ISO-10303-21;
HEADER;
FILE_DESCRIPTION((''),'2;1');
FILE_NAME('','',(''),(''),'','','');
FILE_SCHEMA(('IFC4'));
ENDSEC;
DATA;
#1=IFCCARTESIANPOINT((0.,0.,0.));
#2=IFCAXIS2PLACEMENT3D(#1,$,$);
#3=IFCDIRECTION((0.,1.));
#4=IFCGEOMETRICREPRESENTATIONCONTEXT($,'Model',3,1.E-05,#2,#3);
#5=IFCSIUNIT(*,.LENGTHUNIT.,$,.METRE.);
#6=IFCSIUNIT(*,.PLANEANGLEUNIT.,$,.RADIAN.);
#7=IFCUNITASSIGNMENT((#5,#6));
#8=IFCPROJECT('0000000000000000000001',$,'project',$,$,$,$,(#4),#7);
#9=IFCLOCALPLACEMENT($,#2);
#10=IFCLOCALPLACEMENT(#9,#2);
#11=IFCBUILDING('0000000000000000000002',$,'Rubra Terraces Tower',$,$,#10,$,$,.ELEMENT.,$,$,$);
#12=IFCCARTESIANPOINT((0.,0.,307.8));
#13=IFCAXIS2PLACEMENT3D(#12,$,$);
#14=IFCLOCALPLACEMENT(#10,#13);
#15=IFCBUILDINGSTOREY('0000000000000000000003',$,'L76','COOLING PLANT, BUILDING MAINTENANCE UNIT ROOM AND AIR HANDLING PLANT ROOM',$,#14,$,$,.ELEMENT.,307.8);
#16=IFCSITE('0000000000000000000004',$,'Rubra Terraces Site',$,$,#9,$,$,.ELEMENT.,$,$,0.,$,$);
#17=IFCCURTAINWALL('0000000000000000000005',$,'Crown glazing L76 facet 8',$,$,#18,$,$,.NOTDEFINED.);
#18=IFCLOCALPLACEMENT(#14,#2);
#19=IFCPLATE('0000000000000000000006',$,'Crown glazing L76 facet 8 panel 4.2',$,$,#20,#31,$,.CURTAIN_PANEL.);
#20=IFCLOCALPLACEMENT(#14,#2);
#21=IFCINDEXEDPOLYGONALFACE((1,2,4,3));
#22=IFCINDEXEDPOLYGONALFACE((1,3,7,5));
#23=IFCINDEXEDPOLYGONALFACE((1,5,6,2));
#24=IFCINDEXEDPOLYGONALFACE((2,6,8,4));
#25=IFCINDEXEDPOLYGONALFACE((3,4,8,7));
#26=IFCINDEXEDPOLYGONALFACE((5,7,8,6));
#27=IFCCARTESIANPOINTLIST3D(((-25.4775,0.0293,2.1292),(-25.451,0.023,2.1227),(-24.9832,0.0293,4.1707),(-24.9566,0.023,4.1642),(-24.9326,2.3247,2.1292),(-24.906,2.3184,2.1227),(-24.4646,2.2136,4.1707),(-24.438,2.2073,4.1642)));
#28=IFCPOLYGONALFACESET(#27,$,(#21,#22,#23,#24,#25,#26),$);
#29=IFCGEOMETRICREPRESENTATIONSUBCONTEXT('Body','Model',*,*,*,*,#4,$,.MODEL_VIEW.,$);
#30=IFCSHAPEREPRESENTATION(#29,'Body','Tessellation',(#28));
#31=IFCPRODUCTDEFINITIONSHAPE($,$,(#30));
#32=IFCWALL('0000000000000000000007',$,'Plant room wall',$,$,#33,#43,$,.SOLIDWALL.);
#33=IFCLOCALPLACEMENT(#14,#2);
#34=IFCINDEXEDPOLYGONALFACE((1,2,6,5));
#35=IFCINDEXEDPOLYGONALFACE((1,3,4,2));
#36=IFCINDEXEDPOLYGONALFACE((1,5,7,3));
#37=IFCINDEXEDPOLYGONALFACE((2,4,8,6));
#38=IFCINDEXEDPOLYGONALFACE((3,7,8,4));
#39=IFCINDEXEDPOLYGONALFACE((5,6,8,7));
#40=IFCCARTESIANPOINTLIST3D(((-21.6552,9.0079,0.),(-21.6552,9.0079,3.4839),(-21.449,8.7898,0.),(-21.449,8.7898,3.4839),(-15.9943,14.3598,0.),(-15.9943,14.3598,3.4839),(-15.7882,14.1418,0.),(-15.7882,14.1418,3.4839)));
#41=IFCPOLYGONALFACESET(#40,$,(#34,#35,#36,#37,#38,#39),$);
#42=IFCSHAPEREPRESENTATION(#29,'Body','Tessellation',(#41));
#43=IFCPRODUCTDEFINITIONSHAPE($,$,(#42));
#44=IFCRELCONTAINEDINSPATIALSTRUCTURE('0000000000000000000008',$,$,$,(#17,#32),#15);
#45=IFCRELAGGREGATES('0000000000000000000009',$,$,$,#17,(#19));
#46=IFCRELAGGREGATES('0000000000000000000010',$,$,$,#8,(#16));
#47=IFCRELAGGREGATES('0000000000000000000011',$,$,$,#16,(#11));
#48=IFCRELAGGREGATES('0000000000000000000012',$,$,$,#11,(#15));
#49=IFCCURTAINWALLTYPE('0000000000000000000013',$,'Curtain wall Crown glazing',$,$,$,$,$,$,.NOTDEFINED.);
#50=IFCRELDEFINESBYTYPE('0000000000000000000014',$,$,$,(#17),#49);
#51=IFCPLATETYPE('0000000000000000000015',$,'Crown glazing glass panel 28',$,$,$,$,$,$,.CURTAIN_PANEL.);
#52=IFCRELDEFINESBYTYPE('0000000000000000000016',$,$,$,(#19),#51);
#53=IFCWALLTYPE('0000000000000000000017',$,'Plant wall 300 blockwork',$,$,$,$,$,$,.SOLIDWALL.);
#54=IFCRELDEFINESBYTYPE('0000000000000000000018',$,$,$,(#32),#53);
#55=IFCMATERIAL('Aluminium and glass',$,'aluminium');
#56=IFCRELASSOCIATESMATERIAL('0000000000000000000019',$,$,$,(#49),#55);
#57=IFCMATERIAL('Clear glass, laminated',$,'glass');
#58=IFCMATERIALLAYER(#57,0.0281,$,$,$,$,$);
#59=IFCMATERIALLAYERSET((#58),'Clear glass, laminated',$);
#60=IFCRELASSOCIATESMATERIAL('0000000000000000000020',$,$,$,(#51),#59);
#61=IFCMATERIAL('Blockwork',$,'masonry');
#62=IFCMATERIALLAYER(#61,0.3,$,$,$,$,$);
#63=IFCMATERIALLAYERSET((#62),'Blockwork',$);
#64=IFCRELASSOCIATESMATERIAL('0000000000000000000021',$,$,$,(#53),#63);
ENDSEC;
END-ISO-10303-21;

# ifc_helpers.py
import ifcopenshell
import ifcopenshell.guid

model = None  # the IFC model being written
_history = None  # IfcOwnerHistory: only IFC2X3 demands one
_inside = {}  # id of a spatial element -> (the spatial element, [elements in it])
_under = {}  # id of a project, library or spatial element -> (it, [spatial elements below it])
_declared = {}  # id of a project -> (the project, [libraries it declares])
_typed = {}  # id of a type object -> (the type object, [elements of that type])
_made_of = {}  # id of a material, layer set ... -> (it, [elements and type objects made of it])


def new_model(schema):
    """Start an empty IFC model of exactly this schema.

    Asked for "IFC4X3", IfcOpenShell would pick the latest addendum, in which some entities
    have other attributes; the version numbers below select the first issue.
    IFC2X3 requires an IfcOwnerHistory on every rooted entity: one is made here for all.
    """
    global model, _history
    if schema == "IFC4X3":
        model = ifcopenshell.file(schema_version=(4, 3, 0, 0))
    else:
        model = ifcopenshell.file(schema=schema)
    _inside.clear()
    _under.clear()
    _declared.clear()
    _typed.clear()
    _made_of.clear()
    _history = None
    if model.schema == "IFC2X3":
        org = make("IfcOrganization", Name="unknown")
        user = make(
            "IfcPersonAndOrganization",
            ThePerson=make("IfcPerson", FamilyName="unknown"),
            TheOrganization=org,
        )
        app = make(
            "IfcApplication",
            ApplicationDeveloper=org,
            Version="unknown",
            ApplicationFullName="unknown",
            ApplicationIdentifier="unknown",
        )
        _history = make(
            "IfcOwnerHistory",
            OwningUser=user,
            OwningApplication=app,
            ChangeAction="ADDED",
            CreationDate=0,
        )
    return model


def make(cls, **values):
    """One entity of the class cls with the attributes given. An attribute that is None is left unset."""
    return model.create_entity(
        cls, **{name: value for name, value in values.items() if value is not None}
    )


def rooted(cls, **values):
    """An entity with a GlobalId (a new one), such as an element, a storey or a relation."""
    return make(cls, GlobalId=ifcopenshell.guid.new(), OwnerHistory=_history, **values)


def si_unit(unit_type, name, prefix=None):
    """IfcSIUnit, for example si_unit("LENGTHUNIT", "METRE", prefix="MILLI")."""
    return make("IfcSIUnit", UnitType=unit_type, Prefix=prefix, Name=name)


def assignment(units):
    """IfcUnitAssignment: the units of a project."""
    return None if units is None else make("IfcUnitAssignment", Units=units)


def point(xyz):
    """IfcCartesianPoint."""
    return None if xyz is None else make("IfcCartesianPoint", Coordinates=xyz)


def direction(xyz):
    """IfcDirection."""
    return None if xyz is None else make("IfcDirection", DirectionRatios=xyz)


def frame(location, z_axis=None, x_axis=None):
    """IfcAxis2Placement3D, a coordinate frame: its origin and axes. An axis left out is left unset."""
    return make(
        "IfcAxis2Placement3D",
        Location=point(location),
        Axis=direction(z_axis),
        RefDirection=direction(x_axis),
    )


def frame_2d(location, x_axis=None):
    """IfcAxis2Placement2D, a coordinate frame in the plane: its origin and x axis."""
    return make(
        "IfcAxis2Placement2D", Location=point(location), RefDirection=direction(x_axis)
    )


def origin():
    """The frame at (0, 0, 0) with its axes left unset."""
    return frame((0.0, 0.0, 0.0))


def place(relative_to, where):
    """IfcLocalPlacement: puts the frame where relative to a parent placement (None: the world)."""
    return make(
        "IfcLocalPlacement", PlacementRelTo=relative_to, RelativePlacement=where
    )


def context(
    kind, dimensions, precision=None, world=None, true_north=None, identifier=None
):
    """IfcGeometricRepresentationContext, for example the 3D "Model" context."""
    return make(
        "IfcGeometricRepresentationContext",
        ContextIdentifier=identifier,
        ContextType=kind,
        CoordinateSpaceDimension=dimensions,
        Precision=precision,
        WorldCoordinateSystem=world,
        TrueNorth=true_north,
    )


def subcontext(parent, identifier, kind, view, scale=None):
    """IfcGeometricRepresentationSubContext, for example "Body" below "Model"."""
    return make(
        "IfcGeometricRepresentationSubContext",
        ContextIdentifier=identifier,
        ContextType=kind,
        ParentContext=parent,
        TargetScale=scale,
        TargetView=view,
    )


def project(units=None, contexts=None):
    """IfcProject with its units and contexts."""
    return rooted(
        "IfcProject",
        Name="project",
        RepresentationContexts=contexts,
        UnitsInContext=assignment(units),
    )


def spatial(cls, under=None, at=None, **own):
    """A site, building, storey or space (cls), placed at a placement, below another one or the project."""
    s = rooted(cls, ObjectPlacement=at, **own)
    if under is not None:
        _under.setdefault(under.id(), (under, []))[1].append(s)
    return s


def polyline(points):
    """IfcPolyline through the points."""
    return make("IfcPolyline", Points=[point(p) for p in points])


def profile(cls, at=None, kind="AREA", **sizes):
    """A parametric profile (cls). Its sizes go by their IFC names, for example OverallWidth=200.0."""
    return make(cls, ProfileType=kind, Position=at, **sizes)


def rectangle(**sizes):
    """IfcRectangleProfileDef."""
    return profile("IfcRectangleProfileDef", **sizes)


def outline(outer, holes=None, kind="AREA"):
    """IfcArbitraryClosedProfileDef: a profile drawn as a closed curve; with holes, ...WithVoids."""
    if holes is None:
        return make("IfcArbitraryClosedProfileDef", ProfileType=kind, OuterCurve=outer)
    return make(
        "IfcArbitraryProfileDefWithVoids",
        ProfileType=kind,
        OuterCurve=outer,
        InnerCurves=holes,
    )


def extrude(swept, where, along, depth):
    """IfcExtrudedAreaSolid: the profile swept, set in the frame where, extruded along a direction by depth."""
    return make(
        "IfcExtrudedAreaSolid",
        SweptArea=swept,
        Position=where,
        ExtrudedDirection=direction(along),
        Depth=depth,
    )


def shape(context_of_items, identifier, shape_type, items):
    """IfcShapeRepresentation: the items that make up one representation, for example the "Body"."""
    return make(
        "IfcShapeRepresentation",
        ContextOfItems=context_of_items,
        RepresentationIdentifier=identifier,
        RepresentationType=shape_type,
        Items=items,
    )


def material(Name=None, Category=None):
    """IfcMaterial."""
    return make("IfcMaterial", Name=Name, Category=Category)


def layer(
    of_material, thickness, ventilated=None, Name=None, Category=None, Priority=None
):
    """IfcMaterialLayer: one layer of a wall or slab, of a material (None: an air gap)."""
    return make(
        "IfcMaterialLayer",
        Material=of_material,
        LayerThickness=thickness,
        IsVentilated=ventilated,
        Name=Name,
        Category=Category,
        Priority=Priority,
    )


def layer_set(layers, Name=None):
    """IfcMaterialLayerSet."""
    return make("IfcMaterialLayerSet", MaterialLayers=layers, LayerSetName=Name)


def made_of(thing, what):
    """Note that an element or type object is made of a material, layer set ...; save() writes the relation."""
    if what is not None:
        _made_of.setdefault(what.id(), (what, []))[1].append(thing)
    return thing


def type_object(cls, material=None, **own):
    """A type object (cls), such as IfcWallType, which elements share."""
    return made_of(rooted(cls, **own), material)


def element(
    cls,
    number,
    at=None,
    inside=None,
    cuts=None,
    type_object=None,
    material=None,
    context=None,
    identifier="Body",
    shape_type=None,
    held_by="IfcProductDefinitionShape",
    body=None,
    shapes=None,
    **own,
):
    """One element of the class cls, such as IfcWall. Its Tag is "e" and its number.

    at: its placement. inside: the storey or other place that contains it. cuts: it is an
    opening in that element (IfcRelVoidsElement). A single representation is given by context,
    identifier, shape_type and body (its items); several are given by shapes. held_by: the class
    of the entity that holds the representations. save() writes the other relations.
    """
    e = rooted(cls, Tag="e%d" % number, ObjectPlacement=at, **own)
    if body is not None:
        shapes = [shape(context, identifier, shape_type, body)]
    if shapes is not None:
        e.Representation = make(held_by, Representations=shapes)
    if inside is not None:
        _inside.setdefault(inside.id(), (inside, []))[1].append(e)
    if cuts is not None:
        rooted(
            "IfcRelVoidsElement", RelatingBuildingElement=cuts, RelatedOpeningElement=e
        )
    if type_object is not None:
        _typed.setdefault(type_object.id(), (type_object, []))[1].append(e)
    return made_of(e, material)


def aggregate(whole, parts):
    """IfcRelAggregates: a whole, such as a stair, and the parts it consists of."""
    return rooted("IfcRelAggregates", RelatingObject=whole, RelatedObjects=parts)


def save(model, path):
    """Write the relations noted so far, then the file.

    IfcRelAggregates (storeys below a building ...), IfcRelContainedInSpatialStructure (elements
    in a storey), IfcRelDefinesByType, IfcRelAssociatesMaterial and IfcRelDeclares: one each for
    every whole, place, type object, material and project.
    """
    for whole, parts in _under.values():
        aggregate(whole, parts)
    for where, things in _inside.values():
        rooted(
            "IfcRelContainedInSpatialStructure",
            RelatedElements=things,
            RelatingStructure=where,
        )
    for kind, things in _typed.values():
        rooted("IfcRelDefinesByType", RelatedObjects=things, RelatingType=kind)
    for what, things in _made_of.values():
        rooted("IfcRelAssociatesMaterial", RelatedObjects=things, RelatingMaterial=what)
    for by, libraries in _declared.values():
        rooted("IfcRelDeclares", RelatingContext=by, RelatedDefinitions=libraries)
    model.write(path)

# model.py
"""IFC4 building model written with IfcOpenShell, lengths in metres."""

from ifc_helpers import new_model, si_unit, direction, frame, frame_2d, origin, place, context, subcontext, project, spatial, polyline, rectangle, outline, extrude, material, layer, layer_set, type_object, element, aggregate, save


model = new_model("IFC4")

# Units and contexts
model_context = context("Model", 3, precision=1e-05, world=origin(), true_north=direction((0.0, 1.0)))
body_context = subcontext(model_context, "Body", "Model", "MODEL_VIEW")
ifc_project = project(units=[si_unit("LENGTHUNIT", "METRE"), si_unit("PLANEANGLEUNIT", "RADIAN")], contexts=[model_context])

# Site, building, storey
site_placement = place(None, origin())
site = spatial("IfcSite", under=ifc_project, at=site_placement, Name="Rubra Terraces Site", CompositionType="ELEMENT", RefElevation=0.0)
building_placement = place(site_placement, origin())
building = spatial("IfcBuilding", under=site, at=building_placement, Name="Rubra Terraces Tower", CompositionType="ELEMENT")
storey_placement = place(building_placement, frame((0.0, 0.0, 307.8)))
storey = spatial("IfcBuildingStorey", under=building, at=storey_placement, Name="L76", Description="COOLING PLANT, BUILDING MAINTENANCE UNIT ROOM AND AIR HANDLING PLANT ROOM", CompositionType="ELEMENT", Elevation=307.8)

# Curtain wall
ifc_material_1 = material(Name="Aluminium and glass", Category="aluminium")
curtain_wall_type = type_object("IfcCurtainWallType", Name="Curtain wall Crown glazing", PredefinedType="NOTDEFINED", material=ifc_material_1)
curtain_wall_placement = place(storey_placement, origin())
curtain_wall = element("IfcCurtainWall", 1, at=curtain_wall_placement, inside=storey, type_object=curtain_wall_type, Name="Crown glazing L76 facet 8", PredefinedType="NOTDEFINED")

# Plate
ifc_material_2 = material(Name="Clear glass, laminated", Category="glass")
ifc_layer_1 = layer(ifc_material_2, 0.0281)
ifc_layer_set_1 = layer_set([ifc_layer_1], Name="Clear glass, laminated")
plate_type = type_object("IfcPlateType", Name="Crown glazing glass panel 28", PredefinedType="CURTAIN_PANEL", material=ifc_layer_set_1)
plate_1_placement = place(storey_placement, frame((-24.9326, 2.3247, 2.1292), z_axis=(-0.947026, 0.224821, 0.229339), x_axis=(-0.230978, -0.972959, 0.0)))
plate_1 = element("IfcPlate", 2, at=plate_1_placement, type_object=plate_type, Name="Crown glazing L76 facet 8 panel 4.2", PredefinedType="CURTAIN_PANEL", context=body_context, shape_type="SweptSolid", body=[
    extrude(outline(polyline([(0.0, 0.0), (2.3592, 0.0), (2.245, 2.0974), (0.0, 2.0974), (0.0, 0.0)])), origin(), (0.0, 0.0, -1.0), 0.0281),
])
aggregate(curtain_wall, [plate_1])

# Wall
ifc_material_3 = material(Name="Blockwork", Category="masonry")
ifc_layer_2 = layer(ifc_material_3, 0.3)
ifc_layer_set_2 = layer_set([ifc_layer_2], Name="Blockwork")
wall_type = type_object("IfcWallType", Name="Plant wall 300 blockwork", PredefinedType="SOLIDWALL", material=ifc_layer_set_2)
wall_placement = place(storey_placement, frame((-21.552, 8.8989, 0.0), z_axis=(0.0, 0.0, 1.0), x_axis=(0.726651, 0.687007, 0.0)))
element("IfcWall", 3, at=wall_placement, inside=storey, type_object=wall_type, Name="Plant room wall", PredefinedType="SOLIDWALL", context=body_context, shape_type="SweptSolid", body=[
    extrude(rectangle(XDim=7.7903, YDim=0.3, at=frame_2d((3.895, 0.0))), origin(), (0.0, 0.0, 1.0), 3.4839),
])

save(model, "model.ifc")
